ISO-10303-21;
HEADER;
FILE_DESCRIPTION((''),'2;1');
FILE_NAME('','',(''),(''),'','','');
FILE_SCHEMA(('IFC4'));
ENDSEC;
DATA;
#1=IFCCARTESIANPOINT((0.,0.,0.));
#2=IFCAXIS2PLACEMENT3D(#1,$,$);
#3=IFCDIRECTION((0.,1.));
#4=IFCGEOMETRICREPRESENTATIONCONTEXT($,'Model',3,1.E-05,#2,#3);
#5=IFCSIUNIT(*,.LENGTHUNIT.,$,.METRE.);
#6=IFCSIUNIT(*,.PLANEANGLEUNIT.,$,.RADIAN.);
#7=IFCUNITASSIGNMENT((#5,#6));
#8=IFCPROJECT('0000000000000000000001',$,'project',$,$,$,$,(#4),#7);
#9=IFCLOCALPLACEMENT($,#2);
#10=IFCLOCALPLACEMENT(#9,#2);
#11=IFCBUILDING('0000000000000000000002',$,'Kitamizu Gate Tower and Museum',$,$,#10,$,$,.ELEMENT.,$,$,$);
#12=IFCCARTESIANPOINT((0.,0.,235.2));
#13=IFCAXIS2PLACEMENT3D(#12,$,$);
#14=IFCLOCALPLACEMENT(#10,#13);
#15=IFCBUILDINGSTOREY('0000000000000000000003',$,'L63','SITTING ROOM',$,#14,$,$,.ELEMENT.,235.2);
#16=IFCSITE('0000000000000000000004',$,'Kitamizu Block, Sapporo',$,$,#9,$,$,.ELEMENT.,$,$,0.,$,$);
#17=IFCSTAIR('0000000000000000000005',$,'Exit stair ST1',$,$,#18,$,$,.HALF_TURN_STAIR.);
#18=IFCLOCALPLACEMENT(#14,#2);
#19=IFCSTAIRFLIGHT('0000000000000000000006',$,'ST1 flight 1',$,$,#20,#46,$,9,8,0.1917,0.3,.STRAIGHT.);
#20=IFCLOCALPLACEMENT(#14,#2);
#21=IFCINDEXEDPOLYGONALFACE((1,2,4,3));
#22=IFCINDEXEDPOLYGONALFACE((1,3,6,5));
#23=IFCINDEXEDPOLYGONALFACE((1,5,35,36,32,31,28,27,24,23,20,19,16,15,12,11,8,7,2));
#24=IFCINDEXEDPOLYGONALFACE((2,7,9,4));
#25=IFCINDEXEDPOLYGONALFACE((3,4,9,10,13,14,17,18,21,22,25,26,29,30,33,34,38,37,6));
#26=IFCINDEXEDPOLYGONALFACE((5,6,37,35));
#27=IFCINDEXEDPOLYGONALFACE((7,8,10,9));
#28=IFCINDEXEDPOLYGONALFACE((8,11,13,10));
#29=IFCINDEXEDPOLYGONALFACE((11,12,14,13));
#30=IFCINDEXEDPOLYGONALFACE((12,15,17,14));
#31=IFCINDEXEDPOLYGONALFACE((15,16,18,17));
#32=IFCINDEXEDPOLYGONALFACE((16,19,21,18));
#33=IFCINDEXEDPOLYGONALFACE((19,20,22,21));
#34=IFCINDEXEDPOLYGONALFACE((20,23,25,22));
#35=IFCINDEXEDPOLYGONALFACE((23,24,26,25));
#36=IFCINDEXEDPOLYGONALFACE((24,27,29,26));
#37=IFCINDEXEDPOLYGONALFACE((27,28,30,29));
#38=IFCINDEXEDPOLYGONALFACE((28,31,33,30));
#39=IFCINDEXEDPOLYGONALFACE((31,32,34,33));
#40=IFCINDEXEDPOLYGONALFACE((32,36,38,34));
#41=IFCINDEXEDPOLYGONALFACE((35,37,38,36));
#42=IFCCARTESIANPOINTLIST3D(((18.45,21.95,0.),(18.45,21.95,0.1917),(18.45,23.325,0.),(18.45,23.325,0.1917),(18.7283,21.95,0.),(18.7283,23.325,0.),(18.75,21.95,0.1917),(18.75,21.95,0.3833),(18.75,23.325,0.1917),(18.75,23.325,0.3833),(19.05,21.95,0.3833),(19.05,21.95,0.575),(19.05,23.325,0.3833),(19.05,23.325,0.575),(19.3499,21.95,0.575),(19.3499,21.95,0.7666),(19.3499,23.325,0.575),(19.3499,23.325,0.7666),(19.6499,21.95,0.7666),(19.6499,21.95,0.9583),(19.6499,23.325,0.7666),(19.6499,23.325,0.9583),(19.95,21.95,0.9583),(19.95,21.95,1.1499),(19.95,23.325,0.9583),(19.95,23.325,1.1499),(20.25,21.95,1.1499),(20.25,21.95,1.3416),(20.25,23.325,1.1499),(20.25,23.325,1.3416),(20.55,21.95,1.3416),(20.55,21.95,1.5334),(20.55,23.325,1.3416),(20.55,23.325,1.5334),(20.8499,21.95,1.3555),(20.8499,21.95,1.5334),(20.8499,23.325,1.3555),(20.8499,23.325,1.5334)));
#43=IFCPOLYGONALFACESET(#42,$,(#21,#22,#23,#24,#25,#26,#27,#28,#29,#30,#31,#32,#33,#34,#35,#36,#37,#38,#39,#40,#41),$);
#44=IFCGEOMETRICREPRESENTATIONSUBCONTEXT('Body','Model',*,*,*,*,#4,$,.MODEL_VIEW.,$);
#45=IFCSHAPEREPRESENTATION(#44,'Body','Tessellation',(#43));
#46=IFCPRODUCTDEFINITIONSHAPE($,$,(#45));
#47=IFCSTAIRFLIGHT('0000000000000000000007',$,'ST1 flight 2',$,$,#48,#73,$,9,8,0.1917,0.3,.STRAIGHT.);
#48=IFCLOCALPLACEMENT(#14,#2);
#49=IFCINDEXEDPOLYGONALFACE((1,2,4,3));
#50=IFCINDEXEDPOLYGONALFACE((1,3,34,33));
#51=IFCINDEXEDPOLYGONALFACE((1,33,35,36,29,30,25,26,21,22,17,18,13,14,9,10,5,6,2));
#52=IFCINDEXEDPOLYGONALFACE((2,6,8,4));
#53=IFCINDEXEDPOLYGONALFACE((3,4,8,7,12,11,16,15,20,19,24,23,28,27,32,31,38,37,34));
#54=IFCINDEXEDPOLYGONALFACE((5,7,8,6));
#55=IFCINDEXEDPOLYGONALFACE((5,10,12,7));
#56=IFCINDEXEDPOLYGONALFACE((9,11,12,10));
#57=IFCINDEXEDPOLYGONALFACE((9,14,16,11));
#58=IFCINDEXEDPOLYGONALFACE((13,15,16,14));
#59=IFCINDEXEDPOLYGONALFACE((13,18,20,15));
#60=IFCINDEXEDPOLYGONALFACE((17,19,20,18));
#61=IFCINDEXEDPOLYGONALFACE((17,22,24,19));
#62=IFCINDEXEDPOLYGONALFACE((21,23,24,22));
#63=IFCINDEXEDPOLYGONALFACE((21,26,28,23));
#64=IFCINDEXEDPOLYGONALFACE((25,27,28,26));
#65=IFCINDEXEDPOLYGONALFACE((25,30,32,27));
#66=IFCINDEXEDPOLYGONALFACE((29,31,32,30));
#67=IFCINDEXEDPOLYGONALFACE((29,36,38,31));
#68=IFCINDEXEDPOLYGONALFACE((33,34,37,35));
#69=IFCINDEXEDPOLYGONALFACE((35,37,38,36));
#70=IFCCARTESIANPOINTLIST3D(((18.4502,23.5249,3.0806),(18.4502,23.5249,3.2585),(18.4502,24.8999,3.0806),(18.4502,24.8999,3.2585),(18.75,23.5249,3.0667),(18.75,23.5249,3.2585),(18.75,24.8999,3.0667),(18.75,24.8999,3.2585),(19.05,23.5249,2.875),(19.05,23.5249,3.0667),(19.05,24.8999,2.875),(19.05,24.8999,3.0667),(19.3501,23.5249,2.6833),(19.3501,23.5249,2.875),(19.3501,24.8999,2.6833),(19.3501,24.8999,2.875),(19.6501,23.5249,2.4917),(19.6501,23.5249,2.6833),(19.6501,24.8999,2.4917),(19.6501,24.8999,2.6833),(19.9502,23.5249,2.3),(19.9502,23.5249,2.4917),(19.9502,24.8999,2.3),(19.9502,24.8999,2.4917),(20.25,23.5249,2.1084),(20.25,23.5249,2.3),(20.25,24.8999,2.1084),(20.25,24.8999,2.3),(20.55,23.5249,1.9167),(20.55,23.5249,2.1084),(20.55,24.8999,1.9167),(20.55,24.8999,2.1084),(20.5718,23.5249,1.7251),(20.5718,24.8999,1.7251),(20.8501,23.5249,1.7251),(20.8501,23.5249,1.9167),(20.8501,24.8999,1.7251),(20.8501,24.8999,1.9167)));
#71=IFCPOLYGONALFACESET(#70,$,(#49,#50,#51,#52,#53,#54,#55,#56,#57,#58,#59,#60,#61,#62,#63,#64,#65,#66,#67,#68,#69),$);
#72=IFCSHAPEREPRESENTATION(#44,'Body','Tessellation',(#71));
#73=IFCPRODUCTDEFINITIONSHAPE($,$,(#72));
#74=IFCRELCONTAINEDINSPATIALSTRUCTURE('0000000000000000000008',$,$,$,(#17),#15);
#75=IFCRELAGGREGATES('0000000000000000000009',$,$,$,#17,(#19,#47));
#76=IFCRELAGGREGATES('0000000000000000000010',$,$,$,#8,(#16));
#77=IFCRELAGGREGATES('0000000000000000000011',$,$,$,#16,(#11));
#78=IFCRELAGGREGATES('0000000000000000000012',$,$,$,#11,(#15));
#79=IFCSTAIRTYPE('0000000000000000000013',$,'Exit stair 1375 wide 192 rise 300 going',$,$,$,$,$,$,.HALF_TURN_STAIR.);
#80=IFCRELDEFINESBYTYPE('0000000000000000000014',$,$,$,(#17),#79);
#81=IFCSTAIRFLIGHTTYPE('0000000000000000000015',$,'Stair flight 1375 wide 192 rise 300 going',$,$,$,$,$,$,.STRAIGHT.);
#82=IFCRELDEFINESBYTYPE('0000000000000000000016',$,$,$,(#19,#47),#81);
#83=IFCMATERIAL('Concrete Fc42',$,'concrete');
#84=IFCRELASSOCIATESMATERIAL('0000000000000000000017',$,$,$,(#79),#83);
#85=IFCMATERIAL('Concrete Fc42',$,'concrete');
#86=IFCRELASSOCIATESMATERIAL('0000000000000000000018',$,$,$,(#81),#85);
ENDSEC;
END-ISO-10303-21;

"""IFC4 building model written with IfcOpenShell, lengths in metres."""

from ifc_helpers import new_model, si_unit, direction, frame, origin, place, context, subcontext, project, spatial, polyline, outline, extrude, material, type_object, element, aggregate, save


model = new_model("IFC4")

# Units and contexts
model_context = context("Model", 3, precision=1e-05, world=origin(), true_north=direction((0.0, 1.0)))
body_context = subcontext(model_context, "Body", "Model", "MODEL_VIEW")
ifc_project = project(units=[si_unit("LENGTHUNIT", "METRE"), si_unit("PLANEANGLEUNIT", "RADIAN")], contexts=[model_context])

# Site, building, storey
site_placement = place(None, origin())
site = spatial("IfcSite", under=ifc_project, at=site_placement, Name="Kitamizu Block, Sapporo", CompositionType="ELEMENT", RefElevation=0.0)
building_placement = place(site_placement, origin())
building = spatial("IfcBuilding", under=site, at=building_placement, Name="Kitamizu Gate Tower and Museum", CompositionType="ELEMENT")
storey_placement = place(building_placement, frame((0.0, 0.0, 235.2)))
storey = spatial("IfcBuildingStorey", under=building, at=storey_placement, Name="L63", Description="SITTING ROOM", CompositionType="ELEMENT", Elevation=235.2)

# Stair, stair flights
ifc_material_1 = material(Name="Concrete Fc42", Category="concrete")
stair_type = type_object("IfcStairType", Name="Exit stair 1375 wide 192 rise 300 going", PredefinedType="HALF_TURN_STAIR", material=ifc_material_1)
stair_placement = place(storey_placement, origin())
stair = element("IfcStair", 1, at=stair_placement, inside=storey, type_object=stair_type, Name="Exit stair ST1", PredefinedType="HALF_TURN_STAIR")
ifc_material_2 = material(Name="Concrete Fc42", Category="concrete")
stair_flight_type = type_object("IfcStairFlightType", Name="Stair flight 1375 wide 192 rise 300 going", PredefinedType="STRAIGHT", material=ifc_material_2)
stair_flight_1_placement = place(storey_placement, frame((18.45, 22.6375, 0.0), z_axis=(0.0, 0.0, 1.0), x_axis=(1.0, 0.0, 0.0)))
stair_flight_1 = element("IfcStairFlight", 2, at=stair_flight_1_placement, type_object=stair_flight_type, Name="ST1 flight 1", NumberOfRisers=9, NumberOfTreads=8, PredefinedType="STRAIGHT", RiserHeight=0.1917, TreadLength=0.3, context=body_context, shape_type="SweptSolid", body=[
    extrude(outline(polyline([(0.0, 0.0), (0.0, 0.1917), (0.3, 0.1917), (0.3, 0.3833), (0.6001, 0.3833), (0.6001, 0.575), (0.8999, 0.575), (0.8999, 0.7666), (1.2, 0.7666), (1.2, 0.9583), (1.5, 0.9583), (1.5, 1.1499), (1.8, 1.1499), (1.8, 1.3416), (2.1001, 1.3416), (2.1001, 1.5334), (2.3999, 1.5334), (2.3999, 1.7251), (2.3999, 1.3555), (0.2783, 0.0), (0.0, 0.0)])), frame((0.0, 0.6875, 0.0), z_axis=(0.0, -1.0, 0.0), x_axis=(1.0, 0.0, 0.0)), (0.0, 0.0, 1.0), 1.375),
])
stair_flight_2_placement = place(storey_placement, frame((20.8501, 24.2124, 1.7251), z_axis=(0.0, 0.0, 1.0), x_axis=(-1.0, 0.0, 0.0)))
stair_flight_2 = element("IfcStairFlight", 3, at=stair_flight_2_placement, type_object=stair_flight_type, Name="ST1 flight 2", NumberOfRisers=9, NumberOfTreads=8, PredefinedType="STRAIGHT", RiserHeight=0.1917, TreadLength=0.3, context=body_context, shape_type="SweptSolid", body=[
    extrude(outline(polyline([(0.0, 0.0), (0.0, 0.1917), (0.3, 0.1917), (0.3, 0.3833), (0.6001, 0.3833), (0.6001, 0.575), (0.8999, 0.575), (0.8999, 0.7666), (1.2, 0.7666), (1.2, 0.9583), (1.5, 0.9583), (1.5, 1.1499), (1.8, 1.1499), (1.8, 1.3416), (2.1001, 1.3416), (2.1001, 1.5334), (2.3999, 1.5334), (2.3999, 1.7251), (2.3999, 1.3555), (0.2783, 0.0), (0.0, 0.0)])), frame((0.0, 0.6875, 0.0), z_axis=(0.0, -1.0, 0.0), x_axis=(1.0, 0.0, 0.0)), (0.0, 0.0, 1.0), 1.375),
])
aggregate(stair, [stair_flight_1, stair_flight_2])

save(model, "model.ifc")
